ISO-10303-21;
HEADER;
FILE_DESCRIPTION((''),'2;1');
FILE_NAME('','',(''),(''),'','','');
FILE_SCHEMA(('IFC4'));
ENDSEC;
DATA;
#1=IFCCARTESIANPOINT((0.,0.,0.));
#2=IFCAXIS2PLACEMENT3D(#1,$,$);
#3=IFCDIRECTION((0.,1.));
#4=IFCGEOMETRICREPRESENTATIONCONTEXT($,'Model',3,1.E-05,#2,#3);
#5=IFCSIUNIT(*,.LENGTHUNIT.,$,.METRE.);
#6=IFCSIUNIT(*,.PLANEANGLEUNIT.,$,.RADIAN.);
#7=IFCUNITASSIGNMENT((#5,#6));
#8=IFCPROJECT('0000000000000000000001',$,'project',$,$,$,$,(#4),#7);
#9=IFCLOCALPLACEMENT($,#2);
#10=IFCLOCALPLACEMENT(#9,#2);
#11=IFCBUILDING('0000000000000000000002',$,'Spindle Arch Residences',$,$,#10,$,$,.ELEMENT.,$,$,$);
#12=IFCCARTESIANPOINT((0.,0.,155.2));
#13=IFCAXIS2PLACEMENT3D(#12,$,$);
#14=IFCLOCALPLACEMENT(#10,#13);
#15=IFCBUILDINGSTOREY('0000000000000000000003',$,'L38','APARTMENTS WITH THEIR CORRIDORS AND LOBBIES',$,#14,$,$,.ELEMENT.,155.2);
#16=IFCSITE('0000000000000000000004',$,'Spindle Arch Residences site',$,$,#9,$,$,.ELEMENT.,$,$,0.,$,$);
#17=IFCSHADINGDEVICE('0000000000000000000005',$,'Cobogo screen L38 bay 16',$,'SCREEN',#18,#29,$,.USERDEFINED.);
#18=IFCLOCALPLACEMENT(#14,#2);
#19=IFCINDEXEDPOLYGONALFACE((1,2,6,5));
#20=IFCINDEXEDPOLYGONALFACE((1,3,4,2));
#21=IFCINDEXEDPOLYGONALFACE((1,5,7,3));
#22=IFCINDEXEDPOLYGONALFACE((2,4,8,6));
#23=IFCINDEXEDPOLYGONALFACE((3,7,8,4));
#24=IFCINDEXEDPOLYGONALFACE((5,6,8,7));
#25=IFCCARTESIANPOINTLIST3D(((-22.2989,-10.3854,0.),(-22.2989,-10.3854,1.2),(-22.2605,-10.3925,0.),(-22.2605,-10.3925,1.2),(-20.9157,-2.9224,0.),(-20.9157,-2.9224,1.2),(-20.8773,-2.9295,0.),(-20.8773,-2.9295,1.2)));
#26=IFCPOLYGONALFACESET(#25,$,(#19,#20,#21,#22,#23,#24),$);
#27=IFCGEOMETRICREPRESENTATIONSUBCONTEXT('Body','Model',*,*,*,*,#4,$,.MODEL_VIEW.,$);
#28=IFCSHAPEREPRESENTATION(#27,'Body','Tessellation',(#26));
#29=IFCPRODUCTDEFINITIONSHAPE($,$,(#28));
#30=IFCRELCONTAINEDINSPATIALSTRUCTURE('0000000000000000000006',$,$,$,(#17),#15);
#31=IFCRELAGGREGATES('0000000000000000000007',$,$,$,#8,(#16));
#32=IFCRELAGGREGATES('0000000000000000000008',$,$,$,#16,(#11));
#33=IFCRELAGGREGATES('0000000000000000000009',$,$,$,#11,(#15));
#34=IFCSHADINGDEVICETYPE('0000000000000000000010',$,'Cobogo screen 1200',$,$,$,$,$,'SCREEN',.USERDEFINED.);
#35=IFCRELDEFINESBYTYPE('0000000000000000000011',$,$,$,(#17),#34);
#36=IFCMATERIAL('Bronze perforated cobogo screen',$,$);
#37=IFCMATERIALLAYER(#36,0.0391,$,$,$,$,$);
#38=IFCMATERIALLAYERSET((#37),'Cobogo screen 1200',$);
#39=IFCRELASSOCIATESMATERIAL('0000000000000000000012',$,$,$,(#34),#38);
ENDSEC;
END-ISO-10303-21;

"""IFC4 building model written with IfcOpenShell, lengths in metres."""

from ifc_helpers import new_model, si_unit, direction, frame, origin, origin_2d, place, context, subcontext, project, spatial, rectangle, extrude, material, layer, layer_set, type_object, element, save


model = new_model("IFC4")

# Units and contexts
model_context = context("Model", 3, precision=1e-05, world=origin(), true_north=direction((0.0, 1.0)))
body_context = subcontext(model_context, "Body", "Model", "MODEL_VIEW")
ifc_project = project(units=[si_unit("LENGTHUNIT", "METRE"), si_unit("PLANEANGLEUNIT", "RADIAN")], contexts=[model_context])

# Site, building, storey
site_placement = place(None, origin())
site = spatial("IfcSite", under=ifc_project, at=site_placement, Name="Spindle Arch Residences site", CompositionType="ELEMENT", RefElevation=0.0)
building_placement = place(site_placement, origin())
building = spatial("IfcBuilding", under=site, at=building_placement, Name="Spindle Arch Residences", CompositionType="ELEMENT")
storey_placement = place(building_placement, frame((0.0, 0.0, 155.2)))
storey = spatial("IfcBuildingStorey", under=building, at=storey_placement, Name="L38", Description="APARTMENTS WITH THEIR CORRIDORS AND LOBBIES", CompositionType="ELEMENT", Elevation=155.2)

# Shading device
ifc_material_1 = material(Name="Bronze perforated cobogo screen")
ifc_layer_1 = layer(ifc_material_1, 0.0391)
ifc_layer_set_1 = layer_set([ifc_layer_1], Name="Cobogo screen 1200")
shading_device_type = type_object("IfcShadingDeviceType", Name="Cobogo screen 1200", ElementType="SCREEN", PredefinedType="USERDEFINED", material=ifc_layer_set_1)
shading_device_placement = place(storey_placement, frame((-21.5881, -6.6575, 0.0), z_axis=(0.0, 0.0, 1.0), x_axis=(-0.182236, -0.983255, 0.0)))
element("IfcShadingDevice", 1, at=shading_device_placement, inside=storey, type_object=shading_device_type, Name="Cobogo screen L38 bay 16", ObjectType="SCREEN", PredefinedType="USERDEFINED", context=body_context, shape_type="SweptSolid", body=[
    extrude(rectangle(XDim=7.5901, YDim=0.0391, at=origin_2d()), origin(), (0.0, 0.0, 1.0), 1.2),
])

save(model, "model.ifc")
